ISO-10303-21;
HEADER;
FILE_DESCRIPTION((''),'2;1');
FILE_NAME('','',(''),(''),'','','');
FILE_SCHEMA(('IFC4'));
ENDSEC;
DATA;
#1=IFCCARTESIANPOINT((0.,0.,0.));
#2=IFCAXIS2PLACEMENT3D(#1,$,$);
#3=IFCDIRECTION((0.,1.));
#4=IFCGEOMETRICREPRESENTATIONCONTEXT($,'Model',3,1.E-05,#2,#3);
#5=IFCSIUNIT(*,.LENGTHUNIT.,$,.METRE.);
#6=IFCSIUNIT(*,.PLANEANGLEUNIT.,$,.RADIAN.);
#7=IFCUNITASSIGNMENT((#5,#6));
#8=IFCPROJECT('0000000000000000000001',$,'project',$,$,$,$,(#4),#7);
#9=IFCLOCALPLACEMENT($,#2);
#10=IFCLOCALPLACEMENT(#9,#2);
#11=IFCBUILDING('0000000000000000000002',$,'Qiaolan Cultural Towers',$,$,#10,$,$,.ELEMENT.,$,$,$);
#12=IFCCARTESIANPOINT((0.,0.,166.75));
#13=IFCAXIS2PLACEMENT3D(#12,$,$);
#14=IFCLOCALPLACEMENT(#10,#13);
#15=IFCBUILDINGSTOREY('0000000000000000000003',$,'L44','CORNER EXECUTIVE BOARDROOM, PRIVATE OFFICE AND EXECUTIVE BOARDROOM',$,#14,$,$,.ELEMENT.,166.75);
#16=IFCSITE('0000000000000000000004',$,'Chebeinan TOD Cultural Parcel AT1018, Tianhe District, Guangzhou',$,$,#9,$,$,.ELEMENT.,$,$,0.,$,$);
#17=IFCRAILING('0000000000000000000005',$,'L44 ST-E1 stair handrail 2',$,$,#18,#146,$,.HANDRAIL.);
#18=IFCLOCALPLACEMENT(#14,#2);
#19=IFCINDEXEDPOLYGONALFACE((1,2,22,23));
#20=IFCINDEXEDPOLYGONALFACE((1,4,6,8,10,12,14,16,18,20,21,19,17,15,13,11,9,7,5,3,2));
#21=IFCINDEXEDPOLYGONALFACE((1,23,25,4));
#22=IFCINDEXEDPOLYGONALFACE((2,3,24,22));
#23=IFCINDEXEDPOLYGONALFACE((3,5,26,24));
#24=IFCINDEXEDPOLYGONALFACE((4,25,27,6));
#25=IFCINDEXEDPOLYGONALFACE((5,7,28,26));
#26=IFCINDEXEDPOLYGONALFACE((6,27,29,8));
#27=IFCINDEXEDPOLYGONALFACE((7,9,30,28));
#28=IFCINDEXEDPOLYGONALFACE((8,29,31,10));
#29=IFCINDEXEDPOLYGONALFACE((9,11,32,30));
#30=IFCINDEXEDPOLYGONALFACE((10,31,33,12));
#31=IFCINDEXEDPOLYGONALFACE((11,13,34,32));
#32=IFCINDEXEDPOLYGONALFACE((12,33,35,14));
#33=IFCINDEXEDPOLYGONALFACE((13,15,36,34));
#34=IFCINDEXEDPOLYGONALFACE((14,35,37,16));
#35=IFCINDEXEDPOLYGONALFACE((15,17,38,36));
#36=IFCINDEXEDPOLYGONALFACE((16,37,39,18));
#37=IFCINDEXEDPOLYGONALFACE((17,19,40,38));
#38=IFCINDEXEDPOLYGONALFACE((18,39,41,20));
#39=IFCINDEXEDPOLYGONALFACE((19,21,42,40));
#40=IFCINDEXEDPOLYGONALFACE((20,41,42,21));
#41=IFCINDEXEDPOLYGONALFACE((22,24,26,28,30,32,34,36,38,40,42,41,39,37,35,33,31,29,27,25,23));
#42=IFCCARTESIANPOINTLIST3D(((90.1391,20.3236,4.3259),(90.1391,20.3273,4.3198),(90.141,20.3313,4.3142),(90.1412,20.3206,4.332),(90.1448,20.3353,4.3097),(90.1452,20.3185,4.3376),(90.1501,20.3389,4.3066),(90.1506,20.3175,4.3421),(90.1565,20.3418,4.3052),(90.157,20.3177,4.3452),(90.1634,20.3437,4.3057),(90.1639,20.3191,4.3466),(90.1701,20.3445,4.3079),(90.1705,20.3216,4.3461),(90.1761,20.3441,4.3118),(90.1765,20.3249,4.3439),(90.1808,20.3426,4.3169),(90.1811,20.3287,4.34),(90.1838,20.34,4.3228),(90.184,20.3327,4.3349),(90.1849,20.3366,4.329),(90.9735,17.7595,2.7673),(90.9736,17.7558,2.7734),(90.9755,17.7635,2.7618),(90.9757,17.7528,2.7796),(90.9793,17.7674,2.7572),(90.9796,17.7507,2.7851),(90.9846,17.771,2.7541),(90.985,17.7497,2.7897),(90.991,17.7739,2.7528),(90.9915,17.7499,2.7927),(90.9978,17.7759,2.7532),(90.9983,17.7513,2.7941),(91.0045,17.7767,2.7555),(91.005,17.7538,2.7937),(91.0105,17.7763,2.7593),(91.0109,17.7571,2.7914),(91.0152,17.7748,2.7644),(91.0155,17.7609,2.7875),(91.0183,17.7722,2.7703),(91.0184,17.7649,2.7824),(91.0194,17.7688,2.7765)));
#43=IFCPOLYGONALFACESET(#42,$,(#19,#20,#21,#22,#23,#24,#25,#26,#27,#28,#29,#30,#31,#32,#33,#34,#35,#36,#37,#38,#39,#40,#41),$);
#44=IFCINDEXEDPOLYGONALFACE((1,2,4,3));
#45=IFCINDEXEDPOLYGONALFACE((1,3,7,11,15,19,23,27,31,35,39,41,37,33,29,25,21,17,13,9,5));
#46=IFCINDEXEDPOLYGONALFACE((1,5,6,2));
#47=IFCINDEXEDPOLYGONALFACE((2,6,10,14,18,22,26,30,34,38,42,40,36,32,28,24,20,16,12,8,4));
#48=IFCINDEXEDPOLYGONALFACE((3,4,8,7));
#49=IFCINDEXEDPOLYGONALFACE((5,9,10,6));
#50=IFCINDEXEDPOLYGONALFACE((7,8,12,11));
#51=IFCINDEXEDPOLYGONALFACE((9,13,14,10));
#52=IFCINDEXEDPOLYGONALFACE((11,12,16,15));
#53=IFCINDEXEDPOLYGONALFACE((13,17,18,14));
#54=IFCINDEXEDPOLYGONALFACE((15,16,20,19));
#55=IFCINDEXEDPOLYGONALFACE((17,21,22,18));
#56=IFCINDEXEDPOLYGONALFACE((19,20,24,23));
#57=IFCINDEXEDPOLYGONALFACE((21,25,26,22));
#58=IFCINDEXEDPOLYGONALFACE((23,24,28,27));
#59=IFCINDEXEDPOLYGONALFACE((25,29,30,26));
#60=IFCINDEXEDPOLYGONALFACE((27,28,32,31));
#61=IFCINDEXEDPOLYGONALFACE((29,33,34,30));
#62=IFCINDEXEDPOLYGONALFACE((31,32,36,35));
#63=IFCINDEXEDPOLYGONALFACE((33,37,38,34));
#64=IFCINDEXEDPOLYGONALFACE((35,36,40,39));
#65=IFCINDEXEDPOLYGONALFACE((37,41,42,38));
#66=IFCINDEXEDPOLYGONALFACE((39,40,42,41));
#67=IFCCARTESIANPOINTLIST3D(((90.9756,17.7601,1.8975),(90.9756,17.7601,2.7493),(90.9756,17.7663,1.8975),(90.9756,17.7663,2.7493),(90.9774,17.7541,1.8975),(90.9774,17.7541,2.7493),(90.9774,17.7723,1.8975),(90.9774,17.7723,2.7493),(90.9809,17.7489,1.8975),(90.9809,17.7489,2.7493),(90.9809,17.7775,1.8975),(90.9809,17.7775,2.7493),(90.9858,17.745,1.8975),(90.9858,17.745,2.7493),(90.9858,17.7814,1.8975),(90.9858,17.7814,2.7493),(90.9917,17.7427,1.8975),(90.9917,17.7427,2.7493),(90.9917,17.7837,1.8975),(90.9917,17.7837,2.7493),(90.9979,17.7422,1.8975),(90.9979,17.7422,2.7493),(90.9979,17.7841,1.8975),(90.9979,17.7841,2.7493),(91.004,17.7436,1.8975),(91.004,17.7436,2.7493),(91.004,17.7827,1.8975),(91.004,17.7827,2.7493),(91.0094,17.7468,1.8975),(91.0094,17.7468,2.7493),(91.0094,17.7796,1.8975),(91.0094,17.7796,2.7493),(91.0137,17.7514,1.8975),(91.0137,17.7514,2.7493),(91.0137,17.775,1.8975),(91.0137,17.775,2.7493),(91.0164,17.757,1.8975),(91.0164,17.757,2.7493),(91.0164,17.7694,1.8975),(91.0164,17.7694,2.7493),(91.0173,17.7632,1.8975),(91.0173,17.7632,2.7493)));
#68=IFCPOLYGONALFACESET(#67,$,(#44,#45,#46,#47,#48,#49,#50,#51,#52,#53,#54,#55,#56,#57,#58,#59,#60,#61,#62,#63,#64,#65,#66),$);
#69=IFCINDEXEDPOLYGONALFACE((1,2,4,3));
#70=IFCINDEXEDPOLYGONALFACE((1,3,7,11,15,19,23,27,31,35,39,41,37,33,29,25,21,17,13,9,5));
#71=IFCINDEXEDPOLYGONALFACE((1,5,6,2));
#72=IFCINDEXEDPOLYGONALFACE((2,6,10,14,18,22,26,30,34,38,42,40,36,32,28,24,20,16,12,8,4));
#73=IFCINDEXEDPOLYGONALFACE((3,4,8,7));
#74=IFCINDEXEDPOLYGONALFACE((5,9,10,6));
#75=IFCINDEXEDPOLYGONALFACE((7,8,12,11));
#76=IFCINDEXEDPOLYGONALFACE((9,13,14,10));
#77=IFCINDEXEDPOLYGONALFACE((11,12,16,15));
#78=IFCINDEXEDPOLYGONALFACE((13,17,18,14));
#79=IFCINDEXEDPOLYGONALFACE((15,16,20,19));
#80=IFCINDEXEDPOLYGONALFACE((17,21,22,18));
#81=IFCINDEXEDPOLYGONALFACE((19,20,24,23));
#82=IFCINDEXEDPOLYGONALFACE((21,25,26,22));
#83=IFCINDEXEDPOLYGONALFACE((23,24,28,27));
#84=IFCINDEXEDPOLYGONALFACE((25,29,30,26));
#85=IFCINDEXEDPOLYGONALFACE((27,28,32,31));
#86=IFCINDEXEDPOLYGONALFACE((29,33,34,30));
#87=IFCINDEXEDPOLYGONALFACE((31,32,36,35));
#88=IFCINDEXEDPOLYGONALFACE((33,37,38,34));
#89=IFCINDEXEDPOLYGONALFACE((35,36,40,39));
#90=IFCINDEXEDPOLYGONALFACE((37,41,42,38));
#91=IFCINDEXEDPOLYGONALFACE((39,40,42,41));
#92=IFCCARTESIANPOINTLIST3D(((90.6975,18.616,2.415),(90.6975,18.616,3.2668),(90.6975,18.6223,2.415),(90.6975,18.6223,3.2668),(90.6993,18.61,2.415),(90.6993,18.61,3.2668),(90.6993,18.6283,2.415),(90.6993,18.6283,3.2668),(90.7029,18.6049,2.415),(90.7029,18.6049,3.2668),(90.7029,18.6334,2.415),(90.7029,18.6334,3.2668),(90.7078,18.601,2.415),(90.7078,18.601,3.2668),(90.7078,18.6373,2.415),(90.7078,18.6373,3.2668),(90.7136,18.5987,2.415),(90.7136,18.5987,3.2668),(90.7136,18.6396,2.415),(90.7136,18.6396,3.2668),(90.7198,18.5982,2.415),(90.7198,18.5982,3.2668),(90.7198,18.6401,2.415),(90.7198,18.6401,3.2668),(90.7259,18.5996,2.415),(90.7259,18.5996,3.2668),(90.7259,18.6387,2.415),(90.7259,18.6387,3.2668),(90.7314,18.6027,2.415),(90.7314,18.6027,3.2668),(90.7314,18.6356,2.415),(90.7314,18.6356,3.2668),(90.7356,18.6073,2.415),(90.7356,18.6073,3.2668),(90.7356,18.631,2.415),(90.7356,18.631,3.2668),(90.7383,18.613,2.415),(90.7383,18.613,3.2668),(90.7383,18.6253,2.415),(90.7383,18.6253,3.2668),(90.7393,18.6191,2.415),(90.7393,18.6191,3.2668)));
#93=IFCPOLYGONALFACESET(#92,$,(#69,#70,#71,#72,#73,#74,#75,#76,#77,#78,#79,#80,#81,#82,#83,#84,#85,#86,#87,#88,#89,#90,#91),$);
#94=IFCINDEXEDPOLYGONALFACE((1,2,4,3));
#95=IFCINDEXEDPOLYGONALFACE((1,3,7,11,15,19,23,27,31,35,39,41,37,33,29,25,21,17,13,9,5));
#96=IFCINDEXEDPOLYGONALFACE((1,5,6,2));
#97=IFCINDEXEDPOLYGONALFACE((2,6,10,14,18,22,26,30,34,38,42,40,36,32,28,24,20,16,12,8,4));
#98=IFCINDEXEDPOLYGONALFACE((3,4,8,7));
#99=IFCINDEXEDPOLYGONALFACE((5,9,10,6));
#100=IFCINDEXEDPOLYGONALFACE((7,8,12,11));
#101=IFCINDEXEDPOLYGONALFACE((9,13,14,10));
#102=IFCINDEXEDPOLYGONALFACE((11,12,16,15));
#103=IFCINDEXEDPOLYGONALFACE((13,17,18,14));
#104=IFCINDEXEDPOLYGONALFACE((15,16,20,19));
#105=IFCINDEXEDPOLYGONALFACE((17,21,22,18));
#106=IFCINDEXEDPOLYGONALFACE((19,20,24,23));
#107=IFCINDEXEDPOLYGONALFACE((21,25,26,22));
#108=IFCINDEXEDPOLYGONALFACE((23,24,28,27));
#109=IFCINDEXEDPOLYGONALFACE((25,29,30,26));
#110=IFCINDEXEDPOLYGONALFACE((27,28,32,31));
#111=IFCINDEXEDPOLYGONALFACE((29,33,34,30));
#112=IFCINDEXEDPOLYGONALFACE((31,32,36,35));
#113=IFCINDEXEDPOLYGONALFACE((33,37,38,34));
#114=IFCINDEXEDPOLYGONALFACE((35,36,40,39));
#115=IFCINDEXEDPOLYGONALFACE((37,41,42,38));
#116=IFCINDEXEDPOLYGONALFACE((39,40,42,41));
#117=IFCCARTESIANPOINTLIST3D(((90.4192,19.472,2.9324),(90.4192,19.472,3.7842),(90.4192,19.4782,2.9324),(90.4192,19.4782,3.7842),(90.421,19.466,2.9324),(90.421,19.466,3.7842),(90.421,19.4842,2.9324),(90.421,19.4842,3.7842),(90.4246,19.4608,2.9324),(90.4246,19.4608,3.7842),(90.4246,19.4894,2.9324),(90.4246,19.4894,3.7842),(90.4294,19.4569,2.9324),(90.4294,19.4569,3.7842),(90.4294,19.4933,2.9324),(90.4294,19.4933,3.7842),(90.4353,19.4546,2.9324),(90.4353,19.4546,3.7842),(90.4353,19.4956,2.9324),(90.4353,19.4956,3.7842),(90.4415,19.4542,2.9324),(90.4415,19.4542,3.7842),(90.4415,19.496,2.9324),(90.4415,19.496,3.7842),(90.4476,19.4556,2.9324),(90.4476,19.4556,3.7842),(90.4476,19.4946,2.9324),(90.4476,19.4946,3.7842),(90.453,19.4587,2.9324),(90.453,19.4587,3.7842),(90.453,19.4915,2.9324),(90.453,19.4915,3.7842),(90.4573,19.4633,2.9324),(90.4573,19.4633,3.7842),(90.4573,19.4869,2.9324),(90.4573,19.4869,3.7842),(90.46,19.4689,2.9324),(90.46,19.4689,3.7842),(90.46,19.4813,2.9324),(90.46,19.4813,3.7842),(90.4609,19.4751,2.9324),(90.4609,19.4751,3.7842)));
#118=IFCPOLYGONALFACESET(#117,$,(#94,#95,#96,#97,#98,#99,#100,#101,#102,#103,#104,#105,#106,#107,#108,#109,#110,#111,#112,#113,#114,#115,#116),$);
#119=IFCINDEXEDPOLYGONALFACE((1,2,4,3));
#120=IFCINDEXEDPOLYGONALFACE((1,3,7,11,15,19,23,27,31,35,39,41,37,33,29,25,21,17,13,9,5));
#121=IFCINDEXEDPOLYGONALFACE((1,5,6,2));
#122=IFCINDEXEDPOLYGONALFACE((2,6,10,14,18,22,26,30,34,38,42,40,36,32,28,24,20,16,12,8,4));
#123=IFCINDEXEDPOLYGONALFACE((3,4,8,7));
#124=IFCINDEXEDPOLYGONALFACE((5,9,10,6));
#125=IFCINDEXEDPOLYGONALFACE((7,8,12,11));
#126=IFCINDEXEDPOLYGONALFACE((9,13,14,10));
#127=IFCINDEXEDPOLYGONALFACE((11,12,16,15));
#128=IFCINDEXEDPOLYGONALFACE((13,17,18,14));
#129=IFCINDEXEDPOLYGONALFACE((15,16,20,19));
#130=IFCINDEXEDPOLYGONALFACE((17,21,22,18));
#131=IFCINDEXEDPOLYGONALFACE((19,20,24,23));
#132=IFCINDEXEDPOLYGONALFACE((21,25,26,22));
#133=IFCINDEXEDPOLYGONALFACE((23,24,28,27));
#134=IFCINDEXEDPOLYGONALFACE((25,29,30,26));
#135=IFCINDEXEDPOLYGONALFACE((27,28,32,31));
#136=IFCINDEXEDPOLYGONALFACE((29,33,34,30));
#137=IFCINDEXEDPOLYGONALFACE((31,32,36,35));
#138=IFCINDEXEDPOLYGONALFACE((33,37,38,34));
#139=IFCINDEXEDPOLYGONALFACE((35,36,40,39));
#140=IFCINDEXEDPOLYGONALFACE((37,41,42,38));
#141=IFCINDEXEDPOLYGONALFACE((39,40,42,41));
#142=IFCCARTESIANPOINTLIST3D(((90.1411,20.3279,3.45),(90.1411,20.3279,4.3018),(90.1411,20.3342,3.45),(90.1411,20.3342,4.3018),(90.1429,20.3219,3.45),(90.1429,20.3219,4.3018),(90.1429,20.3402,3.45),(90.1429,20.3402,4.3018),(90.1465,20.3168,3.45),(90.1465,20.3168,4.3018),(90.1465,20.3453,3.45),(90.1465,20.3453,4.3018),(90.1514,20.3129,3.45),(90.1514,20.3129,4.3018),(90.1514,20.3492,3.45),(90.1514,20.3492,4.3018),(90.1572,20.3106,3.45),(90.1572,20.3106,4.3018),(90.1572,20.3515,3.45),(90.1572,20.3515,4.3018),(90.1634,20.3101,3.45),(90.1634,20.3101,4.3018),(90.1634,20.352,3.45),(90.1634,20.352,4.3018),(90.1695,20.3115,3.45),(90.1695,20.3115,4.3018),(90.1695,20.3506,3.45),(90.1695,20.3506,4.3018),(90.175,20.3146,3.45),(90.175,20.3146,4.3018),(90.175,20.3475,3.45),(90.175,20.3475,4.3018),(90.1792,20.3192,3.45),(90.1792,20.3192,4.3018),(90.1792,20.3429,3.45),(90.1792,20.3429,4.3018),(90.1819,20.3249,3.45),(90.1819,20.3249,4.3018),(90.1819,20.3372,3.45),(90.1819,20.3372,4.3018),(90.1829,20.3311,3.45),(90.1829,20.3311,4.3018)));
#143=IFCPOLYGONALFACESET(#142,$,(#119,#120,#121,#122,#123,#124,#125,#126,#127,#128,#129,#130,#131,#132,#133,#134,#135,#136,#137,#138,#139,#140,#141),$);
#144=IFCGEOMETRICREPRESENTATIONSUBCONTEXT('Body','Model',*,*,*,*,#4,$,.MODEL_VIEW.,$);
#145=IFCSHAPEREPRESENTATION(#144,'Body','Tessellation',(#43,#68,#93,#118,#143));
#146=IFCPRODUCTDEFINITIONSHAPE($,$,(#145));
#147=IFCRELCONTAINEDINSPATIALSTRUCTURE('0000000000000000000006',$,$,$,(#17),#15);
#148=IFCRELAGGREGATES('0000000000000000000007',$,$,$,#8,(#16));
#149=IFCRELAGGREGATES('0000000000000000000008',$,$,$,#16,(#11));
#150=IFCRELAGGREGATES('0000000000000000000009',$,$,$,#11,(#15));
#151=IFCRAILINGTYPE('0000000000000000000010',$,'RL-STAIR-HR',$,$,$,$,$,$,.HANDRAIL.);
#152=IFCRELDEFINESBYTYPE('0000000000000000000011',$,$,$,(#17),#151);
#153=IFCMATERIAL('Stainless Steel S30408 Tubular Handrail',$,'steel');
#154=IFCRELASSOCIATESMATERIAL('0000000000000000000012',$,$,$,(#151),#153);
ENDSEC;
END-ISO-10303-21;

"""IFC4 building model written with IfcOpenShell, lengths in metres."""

from ifc_helpers import new_model, si_unit, direction, frame, origin, origin_2d, place, context, subcontext, project, spatial, circle, extrude, material, type_object, element, save


model = new_model("IFC4")

# Units and contexts
model_context = context("Model", 3, precision=1e-05, world=origin(), true_north=direction((0.0, 1.0)))
body_context = subcontext(model_context, "Body", "Model", "MODEL_VIEW")
ifc_project = project(units=[si_unit("LENGTHUNIT", "METRE"), si_unit("PLANEANGLEUNIT", "RADIAN")], contexts=[model_context])

# Site, building, storey
site_placement = place(None, origin())
site = spatial("IfcSite", under=ifc_project, at=site_placement, Name="Chebeinan TOD Cultural Parcel AT1018, Tianhe District, Guangzhou", CompositionType="ELEMENT", RefElevation=0.0)
building_placement = place(site_placement, origin())
building = spatial("IfcBuilding", under=site, at=building_placement, Name="Qiaolan Cultural Towers", CompositionType="ELEMENT")
storey_placement = place(building_placement, frame((0.0, 0.0, 166.75)))
storey = spatial("IfcBuildingStorey", under=building, at=storey_placement, Name="L44", Description="CORNER EXECUTIVE BOARDROOM, PRIVATE OFFICE AND EXECUTIVE BOARDROOM", CompositionType="ELEMENT", Elevation=166.75)

# Railing
ifc_material_1 = material(Name="Stainless Steel S30408 Tubular Handrail", Category="steel")
railing_type = type_object("IfcRailingType", Name="RL-STAIR-HR", PredefinedType="HANDRAIL", material=ifc_material_1)
railing_placement = place(storey_placement, frame((90.9963, 17.7632, 1.8975)))
element("IfcRailing", 1, at=railing_placement, inside=storey, type_object=railing_type, Name="L44 ST-E1 stair handrail 2", PredefinedType="HANDRAIL", context=body_context, shape_type="SweptSolid", body=[
    extrude(circle(Radius=0.0239, at=origin_2d()), frame((0.0, 0.0, 0.876), z_axis=(-0.267926, 0.824471, 0.498461), x_axis=(-0.951043, -0.309057, 0.0)), (0.0, 0.0, 1.0), 3.1145),
    extrude(circle(Radius=0.021, at=origin_2d()), origin(), (0.0, 0.0, 1.0), 0.8518),
    extrude(circle(Radius=0.021, at=origin_2d()), frame((-0.2781, 0.856, 0.5176)), (0.0, 0.0, 1.0), 0.8518),
    extrude(circle(Radius=0.021, at=origin_2d()), frame((-0.5564, 1.7119, 1.0349)), (0.0, 0.0, 1.0), 0.8518),
    extrude(circle(Radius=0.021, at=origin_2d()), frame((-0.8345, 2.5679, 1.5525)), (0.0, 0.0, 1.0), 0.8518),
])

save(model, "model.ifc")
